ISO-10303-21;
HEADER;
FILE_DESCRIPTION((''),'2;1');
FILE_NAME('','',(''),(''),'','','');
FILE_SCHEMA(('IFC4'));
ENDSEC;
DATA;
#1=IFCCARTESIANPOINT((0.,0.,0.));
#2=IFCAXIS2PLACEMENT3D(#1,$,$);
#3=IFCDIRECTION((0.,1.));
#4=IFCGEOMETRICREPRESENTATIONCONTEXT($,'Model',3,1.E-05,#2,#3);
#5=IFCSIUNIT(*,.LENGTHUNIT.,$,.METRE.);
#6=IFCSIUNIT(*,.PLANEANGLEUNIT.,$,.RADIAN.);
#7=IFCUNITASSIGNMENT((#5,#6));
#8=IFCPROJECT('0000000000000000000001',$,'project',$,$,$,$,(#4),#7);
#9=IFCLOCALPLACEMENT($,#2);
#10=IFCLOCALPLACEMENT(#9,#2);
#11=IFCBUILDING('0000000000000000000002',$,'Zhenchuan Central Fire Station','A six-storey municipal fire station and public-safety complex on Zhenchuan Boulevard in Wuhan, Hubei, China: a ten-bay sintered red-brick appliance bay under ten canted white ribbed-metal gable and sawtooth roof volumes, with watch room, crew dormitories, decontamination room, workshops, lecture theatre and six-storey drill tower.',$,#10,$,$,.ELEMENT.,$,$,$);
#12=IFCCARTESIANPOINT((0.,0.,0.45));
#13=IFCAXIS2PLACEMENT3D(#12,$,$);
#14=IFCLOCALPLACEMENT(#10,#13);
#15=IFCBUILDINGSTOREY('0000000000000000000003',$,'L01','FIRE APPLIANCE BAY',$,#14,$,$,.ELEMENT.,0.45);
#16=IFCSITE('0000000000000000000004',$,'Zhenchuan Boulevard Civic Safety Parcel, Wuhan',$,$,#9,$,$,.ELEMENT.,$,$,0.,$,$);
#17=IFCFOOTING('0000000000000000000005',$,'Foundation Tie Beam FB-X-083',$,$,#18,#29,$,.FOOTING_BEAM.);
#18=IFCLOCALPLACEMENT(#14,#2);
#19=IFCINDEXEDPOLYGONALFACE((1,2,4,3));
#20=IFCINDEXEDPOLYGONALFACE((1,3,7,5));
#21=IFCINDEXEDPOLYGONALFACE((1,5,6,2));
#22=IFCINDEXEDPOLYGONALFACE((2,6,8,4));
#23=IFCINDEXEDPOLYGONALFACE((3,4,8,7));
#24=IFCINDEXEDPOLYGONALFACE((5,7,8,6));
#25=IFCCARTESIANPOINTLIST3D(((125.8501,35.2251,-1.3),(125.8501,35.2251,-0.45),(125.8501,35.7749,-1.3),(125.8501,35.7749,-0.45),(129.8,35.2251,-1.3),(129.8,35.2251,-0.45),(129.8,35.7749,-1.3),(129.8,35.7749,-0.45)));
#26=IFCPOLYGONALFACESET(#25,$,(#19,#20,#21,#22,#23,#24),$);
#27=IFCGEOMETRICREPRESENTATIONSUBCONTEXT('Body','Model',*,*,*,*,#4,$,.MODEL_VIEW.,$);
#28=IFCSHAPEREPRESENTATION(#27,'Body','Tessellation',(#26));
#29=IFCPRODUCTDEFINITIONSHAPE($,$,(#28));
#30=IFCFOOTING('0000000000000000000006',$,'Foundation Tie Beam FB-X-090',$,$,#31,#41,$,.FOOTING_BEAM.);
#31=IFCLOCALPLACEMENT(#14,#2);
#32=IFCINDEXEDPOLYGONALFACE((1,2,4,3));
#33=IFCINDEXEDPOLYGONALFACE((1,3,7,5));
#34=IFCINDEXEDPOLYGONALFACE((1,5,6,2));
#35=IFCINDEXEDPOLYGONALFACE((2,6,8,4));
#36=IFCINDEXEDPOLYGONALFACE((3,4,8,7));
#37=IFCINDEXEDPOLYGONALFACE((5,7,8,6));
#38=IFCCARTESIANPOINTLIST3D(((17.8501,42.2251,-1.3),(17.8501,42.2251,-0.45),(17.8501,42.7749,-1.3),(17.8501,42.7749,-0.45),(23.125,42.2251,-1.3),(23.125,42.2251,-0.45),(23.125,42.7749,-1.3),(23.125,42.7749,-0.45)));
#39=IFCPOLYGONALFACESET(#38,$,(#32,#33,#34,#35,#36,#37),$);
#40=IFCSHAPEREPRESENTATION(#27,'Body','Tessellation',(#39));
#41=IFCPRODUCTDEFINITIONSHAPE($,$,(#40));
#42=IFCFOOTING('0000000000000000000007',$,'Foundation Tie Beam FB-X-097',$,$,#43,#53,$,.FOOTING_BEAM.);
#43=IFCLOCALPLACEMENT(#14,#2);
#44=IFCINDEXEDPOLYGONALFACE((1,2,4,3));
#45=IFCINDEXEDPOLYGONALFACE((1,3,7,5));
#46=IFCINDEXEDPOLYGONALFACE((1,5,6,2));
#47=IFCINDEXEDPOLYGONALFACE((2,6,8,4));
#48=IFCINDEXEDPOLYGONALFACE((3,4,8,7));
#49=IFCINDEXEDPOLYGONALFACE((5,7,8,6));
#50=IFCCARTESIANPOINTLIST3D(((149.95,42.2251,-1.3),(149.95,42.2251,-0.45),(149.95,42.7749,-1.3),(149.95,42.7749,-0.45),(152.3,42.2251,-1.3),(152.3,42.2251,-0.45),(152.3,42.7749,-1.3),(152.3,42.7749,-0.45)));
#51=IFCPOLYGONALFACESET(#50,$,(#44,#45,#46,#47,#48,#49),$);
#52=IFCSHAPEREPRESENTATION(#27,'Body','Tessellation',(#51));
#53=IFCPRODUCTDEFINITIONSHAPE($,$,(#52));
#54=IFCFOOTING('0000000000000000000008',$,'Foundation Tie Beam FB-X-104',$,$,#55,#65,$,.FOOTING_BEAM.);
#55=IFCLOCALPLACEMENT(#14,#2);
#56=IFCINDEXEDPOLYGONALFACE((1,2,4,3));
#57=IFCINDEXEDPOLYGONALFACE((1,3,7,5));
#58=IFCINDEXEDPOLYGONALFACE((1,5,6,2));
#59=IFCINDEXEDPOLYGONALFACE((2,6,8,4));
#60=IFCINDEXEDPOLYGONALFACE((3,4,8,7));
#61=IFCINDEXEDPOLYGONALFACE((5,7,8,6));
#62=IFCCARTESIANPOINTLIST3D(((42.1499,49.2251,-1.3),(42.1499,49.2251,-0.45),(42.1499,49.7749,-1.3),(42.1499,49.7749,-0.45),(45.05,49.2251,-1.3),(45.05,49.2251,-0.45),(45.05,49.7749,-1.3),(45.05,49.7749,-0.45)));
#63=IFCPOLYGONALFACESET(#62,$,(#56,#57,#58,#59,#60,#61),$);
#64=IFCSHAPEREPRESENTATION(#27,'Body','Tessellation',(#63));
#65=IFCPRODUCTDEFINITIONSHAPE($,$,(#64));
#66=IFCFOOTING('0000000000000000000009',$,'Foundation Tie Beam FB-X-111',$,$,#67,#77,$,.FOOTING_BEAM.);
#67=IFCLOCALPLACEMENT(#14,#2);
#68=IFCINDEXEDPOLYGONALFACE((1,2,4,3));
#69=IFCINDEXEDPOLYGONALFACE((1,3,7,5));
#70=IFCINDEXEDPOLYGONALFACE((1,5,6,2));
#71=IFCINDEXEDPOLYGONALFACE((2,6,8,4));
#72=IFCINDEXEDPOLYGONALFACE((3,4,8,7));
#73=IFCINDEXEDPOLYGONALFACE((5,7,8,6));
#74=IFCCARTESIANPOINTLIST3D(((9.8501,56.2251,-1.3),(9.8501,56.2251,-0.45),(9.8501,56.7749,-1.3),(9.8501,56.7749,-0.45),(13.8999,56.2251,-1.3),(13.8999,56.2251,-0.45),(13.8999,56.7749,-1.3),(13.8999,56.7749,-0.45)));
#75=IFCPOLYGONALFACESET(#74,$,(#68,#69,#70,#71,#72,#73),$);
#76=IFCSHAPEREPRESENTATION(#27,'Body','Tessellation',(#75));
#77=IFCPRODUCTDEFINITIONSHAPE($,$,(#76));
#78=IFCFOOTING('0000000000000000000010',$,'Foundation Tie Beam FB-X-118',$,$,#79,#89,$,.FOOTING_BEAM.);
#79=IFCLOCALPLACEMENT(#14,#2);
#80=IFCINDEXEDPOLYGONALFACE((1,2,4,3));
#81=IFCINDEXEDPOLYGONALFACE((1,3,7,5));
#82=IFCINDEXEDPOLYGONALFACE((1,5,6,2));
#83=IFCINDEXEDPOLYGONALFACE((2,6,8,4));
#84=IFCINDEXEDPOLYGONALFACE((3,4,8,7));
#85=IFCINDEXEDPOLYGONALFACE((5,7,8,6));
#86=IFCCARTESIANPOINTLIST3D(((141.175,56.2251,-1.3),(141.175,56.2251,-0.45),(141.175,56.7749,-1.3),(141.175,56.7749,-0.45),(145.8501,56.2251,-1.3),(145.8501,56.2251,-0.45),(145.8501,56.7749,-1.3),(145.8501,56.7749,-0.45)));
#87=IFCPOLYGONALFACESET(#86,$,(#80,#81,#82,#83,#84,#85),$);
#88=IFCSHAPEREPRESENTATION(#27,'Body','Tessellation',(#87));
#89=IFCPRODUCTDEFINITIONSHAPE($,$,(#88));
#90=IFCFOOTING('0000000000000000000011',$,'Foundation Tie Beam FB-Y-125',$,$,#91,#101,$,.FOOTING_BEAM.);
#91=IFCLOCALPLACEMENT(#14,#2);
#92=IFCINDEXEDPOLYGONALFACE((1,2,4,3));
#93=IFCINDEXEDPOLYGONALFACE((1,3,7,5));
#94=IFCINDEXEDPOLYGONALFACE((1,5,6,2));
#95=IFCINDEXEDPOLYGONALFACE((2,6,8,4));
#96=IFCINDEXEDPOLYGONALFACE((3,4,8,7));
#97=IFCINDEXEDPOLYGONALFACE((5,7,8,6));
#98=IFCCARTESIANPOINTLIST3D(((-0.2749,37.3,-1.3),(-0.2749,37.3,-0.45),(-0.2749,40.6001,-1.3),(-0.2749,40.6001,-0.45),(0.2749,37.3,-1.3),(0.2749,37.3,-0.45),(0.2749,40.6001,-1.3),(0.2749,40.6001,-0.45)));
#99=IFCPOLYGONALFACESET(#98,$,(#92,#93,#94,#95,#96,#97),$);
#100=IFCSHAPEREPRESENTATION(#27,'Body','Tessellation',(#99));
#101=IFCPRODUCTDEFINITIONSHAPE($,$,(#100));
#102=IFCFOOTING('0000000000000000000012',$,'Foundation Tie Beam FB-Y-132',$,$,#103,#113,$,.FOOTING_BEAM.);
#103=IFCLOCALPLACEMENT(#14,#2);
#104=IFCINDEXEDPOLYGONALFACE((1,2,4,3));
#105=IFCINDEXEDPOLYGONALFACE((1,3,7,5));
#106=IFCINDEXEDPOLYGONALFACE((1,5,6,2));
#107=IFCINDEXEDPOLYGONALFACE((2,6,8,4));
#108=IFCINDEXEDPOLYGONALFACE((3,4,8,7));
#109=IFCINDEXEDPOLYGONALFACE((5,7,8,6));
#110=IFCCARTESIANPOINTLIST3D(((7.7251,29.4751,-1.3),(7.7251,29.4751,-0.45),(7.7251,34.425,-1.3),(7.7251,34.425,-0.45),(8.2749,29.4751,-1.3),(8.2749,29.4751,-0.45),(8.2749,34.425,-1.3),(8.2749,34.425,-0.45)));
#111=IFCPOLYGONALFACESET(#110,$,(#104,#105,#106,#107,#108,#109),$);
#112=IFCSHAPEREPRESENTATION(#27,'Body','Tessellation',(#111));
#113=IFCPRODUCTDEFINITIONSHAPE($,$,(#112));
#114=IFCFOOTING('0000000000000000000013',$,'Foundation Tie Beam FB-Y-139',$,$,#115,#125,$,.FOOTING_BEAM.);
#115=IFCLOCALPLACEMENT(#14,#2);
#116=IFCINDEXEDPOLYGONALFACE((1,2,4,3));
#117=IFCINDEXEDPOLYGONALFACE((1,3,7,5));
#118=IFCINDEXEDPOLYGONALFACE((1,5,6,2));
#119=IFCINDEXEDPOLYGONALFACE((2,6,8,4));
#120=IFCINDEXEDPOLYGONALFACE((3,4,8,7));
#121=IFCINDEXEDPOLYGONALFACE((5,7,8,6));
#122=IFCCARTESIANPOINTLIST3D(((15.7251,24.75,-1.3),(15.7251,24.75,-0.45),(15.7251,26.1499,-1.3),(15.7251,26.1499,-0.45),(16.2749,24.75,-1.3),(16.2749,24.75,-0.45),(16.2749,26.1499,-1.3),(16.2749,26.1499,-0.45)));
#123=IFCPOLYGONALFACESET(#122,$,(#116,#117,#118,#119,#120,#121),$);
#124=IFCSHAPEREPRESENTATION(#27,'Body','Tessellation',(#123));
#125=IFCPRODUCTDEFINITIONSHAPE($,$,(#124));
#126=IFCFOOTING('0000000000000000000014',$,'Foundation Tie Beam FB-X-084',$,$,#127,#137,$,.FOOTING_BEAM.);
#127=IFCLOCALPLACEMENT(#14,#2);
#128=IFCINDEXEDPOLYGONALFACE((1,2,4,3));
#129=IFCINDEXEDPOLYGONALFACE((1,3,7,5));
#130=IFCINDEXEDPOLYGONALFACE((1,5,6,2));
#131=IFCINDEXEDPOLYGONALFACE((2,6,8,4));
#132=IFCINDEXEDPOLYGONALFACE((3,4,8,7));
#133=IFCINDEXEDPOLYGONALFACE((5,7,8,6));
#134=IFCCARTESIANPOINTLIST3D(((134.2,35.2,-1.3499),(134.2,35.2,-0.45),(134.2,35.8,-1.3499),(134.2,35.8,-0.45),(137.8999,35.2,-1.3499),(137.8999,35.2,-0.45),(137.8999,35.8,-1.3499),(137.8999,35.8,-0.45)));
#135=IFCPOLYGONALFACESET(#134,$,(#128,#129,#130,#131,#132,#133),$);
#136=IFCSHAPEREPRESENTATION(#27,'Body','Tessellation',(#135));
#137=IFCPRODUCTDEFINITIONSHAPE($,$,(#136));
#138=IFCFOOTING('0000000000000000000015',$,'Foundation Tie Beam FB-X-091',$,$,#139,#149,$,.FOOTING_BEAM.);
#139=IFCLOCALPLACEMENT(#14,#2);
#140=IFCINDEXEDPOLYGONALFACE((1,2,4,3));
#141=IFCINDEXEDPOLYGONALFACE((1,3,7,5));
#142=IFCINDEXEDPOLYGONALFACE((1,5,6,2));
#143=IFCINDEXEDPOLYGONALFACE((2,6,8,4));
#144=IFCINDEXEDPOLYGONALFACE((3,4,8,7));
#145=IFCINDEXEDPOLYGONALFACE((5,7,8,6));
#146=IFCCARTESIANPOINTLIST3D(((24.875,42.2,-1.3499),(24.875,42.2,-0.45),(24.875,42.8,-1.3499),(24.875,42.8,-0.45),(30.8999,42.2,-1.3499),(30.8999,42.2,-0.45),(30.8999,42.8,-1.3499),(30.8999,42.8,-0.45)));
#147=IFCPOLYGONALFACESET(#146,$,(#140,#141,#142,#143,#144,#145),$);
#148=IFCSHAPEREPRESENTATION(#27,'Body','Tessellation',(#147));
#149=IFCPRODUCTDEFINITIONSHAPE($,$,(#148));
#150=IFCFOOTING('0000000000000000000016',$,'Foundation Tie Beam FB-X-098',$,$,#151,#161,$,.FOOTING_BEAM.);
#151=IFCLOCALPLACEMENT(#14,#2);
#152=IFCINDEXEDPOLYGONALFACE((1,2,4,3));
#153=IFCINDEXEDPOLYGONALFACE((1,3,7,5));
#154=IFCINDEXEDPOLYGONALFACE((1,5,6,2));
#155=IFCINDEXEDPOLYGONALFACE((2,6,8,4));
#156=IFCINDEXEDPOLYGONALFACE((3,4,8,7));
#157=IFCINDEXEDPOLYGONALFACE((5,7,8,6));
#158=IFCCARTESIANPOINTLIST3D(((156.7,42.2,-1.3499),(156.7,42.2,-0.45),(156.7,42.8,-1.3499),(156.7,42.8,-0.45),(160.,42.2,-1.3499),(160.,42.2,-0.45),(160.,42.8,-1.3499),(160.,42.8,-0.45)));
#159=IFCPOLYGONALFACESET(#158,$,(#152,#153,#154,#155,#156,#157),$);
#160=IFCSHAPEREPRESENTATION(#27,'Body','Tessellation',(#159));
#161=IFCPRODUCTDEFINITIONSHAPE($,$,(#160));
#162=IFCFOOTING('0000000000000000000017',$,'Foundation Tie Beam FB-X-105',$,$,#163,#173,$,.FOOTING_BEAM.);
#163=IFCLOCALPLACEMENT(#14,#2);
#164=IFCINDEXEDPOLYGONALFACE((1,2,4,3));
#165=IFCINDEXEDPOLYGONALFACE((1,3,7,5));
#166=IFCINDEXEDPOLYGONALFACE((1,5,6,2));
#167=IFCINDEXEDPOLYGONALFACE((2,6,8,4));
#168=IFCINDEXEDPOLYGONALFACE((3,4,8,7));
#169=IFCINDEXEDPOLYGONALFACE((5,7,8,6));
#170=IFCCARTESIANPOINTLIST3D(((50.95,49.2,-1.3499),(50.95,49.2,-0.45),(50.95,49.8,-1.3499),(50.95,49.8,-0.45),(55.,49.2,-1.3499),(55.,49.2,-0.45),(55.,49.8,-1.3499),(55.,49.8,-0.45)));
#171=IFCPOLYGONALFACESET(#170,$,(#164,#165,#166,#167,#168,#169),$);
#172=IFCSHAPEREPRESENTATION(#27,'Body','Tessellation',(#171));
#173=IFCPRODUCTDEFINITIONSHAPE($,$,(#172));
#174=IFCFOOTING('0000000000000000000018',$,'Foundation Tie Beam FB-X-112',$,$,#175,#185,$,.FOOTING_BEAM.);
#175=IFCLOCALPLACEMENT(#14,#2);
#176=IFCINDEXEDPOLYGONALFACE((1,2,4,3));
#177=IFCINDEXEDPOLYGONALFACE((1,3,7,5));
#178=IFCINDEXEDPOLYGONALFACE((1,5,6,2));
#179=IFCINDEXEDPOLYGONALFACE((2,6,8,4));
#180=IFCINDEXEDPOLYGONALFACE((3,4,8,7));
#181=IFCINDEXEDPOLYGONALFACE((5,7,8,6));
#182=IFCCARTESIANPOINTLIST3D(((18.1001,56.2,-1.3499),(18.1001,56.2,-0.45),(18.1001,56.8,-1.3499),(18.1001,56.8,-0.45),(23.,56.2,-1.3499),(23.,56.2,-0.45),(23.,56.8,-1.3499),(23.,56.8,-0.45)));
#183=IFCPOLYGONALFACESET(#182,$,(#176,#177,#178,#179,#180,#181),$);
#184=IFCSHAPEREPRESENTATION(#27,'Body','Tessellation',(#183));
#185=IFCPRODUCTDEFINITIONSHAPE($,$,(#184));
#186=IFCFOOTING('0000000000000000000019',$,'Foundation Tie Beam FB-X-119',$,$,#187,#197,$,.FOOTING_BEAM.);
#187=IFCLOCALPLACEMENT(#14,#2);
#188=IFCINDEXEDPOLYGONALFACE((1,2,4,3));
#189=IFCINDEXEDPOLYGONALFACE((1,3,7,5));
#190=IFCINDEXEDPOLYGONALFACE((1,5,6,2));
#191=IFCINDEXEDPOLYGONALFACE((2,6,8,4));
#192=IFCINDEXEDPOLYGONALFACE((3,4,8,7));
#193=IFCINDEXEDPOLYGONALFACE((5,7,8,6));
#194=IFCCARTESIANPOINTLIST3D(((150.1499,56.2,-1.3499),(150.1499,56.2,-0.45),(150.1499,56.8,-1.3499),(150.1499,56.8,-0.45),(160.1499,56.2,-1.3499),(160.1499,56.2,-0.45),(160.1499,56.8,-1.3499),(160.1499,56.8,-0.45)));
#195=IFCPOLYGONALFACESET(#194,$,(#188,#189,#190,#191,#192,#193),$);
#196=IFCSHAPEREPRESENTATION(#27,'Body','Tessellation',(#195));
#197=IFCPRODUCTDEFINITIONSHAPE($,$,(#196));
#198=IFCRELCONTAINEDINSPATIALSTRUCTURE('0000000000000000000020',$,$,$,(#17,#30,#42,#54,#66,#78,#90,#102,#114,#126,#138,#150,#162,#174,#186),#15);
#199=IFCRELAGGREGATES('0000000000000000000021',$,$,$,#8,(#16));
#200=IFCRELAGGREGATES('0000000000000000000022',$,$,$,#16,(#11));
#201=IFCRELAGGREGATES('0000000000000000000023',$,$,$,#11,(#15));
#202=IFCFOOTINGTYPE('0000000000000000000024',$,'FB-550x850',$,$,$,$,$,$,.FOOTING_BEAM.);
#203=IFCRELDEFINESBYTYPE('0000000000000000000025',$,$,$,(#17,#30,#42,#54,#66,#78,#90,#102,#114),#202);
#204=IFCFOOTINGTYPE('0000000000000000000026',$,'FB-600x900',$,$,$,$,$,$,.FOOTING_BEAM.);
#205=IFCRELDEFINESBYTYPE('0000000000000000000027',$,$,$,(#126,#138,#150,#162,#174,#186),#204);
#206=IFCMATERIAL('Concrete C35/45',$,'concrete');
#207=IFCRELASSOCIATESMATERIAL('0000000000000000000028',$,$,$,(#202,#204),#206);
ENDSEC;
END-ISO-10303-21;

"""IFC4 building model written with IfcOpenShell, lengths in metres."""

from ifc_helpers import new_model, si_unit, direction, frame, origin, place, context, subcontext, project, spatial, polyline, outline, extrude, material, type_object, element, save


model = new_model("IFC4")

# Units and contexts
model_context = context("Model", 3, precision=1e-05, world=origin(), true_north=direction((0.0, 1.0)))
body_context = subcontext(model_context, "Body", "Model", "MODEL_VIEW")
ifc_project = project(units=[si_unit("LENGTHUNIT", "METRE"), si_unit("PLANEANGLEUNIT", "RADIAN")], contexts=[model_context])

# Site, building, storey
site_placement = place(None, origin())
site = spatial("IfcSite", under=ifc_project, at=site_placement, Name="Zhenchuan Boulevard Civic Safety Parcel, Wuhan", CompositionType="ELEMENT", RefElevation=0.0)
building_placement = place(site_placement, origin())
building = spatial("IfcBuilding", under=site, at=building_placement, Name="Zhenchuan Central Fire Station", Description="A six-storey municipal fire station and public-safety complex on Zhenchuan Boulevard in Wuhan, Hubei, China: a ten-bay sintered red-brick appliance bay under ten canted white ribbed-metal gable and sawtooth roof volumes, with watch room, crew dormitories, decontamination room, workshops, lecture theatre and six-storey drill tower.", CompositionType="ELEMENT")
storey_placement = place(building_placement, frame((0.0, 0.0, 0.45)))
storey = spatial("IfcBuildingStorey", under=building, at=storey_placement, Name="L01", Description="FIRE APPLIANCE BAY", CompositionType="ELEMENT", Elevation=0.45)

# Footings
ifc_material = material(Name="Concrete C35/45", Category="concrete")
footing_type_1 = type_object("IfcFootingType", Name="FB-550x850", PredefinedType="FOOTING_BEAM", material=ifc_material)
footing_1_placement = place(storey_placement, frame((0.0, 0.0, -1.3)))
element("IfcFooting", 1, at=footing_1_placement, inside=storey, type_object=footing_type_1, Name="Foundation Tie Beam FB-X-083", PredefinedType="FOOTING_BEAM", context=body_context, shape_type="SweptSolid", body=[
    extrude(outline(polyline([(125.8501, 35.2251), (129.8, 35.2251), (129.8, 35.7749), (125.8501, 35.7749), (125.8501, 35.2251)])), origin(), (0.0, 0.0, 1.0), 0.8501),
])
footing_2_placement = place(storey_placement, frame((0.0, 0.0, -1.3)))
element("IfcFooting", 2, at=footing_2_placement, inside=storey, type_object=footing_type_1, Name="Foundation Tie Beam FB-X-090", PredefinedType="FOOTING_BEAM", context=body_context, shape_type="SweptSolid", body=[
    extrude(outline(polyline([(17.8501, 42.2251), (23.125, 42.2251), (23.125, 42.7749), (17.8501, 42.7749), (17.8501, 42.2251)])), origin(), (0.0, 0.0, 1.0), 0.8501),
])
footing_3_placement = place(storey_placement, frame((0.0, 0.0, -1.3)))
element("IfcFooting", 3, at=footing_3_placement, inside=storey, type_object=footing_type_1, Name="Foundation Tie Beam FB-X-097", PredefinedType="FOOTING_BEAM", context=body_context, shape_type="SweptSolid", body=[
    extrude(outline(polyline([(149.95, 42.2251), (152.3, 42.2251), (152.3, 42.7749), (149.95, 42.7749), (149.95, 42.2251)])), origin(), (0.0, 0.0, 1.0), 0.8501),
])
footing_4_placement = place(storey_placement, frame((0.0, 0.0, -1.3)))
element("IfcFooting", 4, at=footing_4_placement, inside=storey, type_object=footing_type_1, Name="Foundation Tie Beam FB-X-104", PredefinedType="FOOTING_BEAM", context=body_context, shape_type="SweptSolid", body=[
    extrude(outline(polyline([(42.1499, 49.2251), (45.05, 49.2251), (45.05, 49.7749), (42.1499, 49.7749), (42.1499, 49.2251)])), origin(), (0.0, 0.0, 1.0), 0.8501),
])
footing_5_placement = place(storey_placement, frame((0.0, 0.0, -1.3)))
element("IfcFooting", 5, at=footing_5_placement, inside=storey, type_object=footing_type_1, Name="Foundation Tie Beam FB-X-111", PredefinedType="FOOTING_BEAM", context=body_context, shape_type="SweptSolid", body=[
    extrude(outline(polyline([(9.8501, 56.2251), (13.8999, 56.2251), (13.8999, 56.7749), (9.8501, 56.7749), (9.8501, 56.2251)])), origin(), (0.0, 0.0, 1.0), 0.8501),
])
footing_6_placement = place(storey_placement, frame((0.0, 0.0, -1.3)))
element("IfcFooting", 6, at=footing_6_placement, inside=storey, type_object=footing_type_1, Name="Foundation Tie Beam FB-X-118", PredefinedType="FOOTING_BEAM", context=body_context, shape_type="SweptSolid", body=[
    extrude(outline(polyline([(141.175, 56.2251), (145.8501, 56.2251), (145.8501, 56.7749), (141.175, 56.7749), (141.175, 56.2251)])), origin(), (0.0, 0.0, 1.0), 0.8501),
])
footing_7_placement = place(storey_placement, frame((0.0, 0.0, -1.3)))
element("IfcFooting", 7, at=footing_7_placement, inside=storey, type_object=footing_type_1, Name="Foundation Tie Beam FB-Y-125", PredefinedType="FOOTING_BEAM", context=body_context, shape_type="SweptSolid", body=[
    extrude(outline(polyline([(-0.2749, 37.3), (0.2749, 37.3), (0.2749, 40.6001), (-0.2749, 40.6001), (-0.2749, 37.3)])), origin(), (0.0, 0.0, 1.0), 0.8501),
])
footing_8_placement = place(storey_placement, frame((0.0, 0.0, -1.3)))
element("IfcFooting", 8, at=footing_8_placement, inside=storey, type_object=footing_type_1, Name="Foundation Tie Beam FB-Y-132", PredefinedType="FOOTING_BEAM", context=body_context, shape_type="SweptSolid", body=[
    extrude(outline(polyline([(7.7251, 29.4751), (8.2749, 29.4751), (8.2749, 34.425), (7.7251, 34.425), (7.7251, 29.4751)])), origin(), (0.0, 0.0, 1.0), 0.8501),
])
footing_9_placement = place(storey_placement, frame((0.0, 0.0, -1.3)))
element("IfcFooting", 9, at=footing_9_placement, inside=storey, type_object=footing_type_1, Name="Foundation Tie Beam FB-Y-139", PredefinedType="FOOTING_BEAM", context=body_context, shape_type="SweptSolid", body=[
    extrude(outline(polyline([(15.7251, 24.75), (16.2749, 24.75), (16.2749, 26.1499), (15.7251, 26.1499), (15.7251, 24.75)])), origin(), (0.0, 0.0, 1.0), 0.8501),
])
footing_type_2 = type_object("IfcFootingType", Name="FB-600x900", PredefinedType="FOOTING_BEAM", material=ifc_material)
footing_10_placement = place(storey_placement, frame((0.0, 0.0, -1.3499)))
element("IfcFooting", 10, at=footing_10_placement, inside=storey, type_object=footing_type_2, Name="Foundation Tie Beam FB-X-084", PredefinedType="FOOTING_BEAM", context=body_context, shape_type="SweptSolid", body=[
    extrude(outline(polyline([(134.2, 35.2), (137.8999, 35.2), (137.8999, 35.8), (134.2, 35.8), (134.2, 35.2)])), origin(), (0.0, 0.0, 1.0), 0.8999),
])
footing_11_placement = place(storey_placement, frame((0.0, 0.0, -1.3499)))
element("IfcFooting", 11, at=footing_11_placement, inside=storey, type_object=footing_type_2, Name="Foundation Tie Beam FB-X-091", PredefinedType="FOOTING_BEAM", context=body_context, shape_type="SweptSolid", body=[
    extrude(outline(polyline([(24.875, 42.2), (30.8999, 42.2), (30.8999, 42.8), (24.875, 42.8), (24.875, 42.2)])), origin(), (0.0, 0.0, 1.0), 0.8999),
])
footing_12_placement = place(storey_placement, frame((0.0, 0.0, -1.3499)))
element("IfcFooting", 12, at=footing_12_placement, inside=storey, type_object=footing_type_2, Name="Foundation Tie Beam FB-X-098", PredefinedType="FOOTING_BEAM", context=body_context, shape_type="SweptSolid", body=[
    extrude(outline(polyline([(156.7, 42.2), (160.0, 42.2), (160.0, 42.8), (156.7, 42.8), (156.7, 42.2)])), origin(), (0.0, 0.0, 1.0), 0.8999),
])
footing_13_placement = place(storey_placement, frame((0.0, 0.0, -1.3499)))
element("IfcFooting", 13, at=footing_13_placement, inside=storey, type_object=footing_type_2, Name="Foundation Tie Beam FB-X-105", PredefinedType="FOOTING_BEAM", context=body_context, shape_type="SweptSolid", body=[
    extrude(outline(polyline([(50.95, 49.2), (55.0, 49.2), (55.0, 49.8), (50.95, 49.8), (50.95, 49.2)])), origin(), (0.0, 0.0, 1.0), 0.8999),
])
footing_14_placement = place(storey_placement, frame((0.0, 0.0, -1.3499)))
element("IfcFooting", 14, at=footing_14_placement, inside=storey, type_object=footing_type_2, Name="Foundation Tie Beam FB-X-112", PredefinedType="FOOTING_BEAM", context=body_context, shape_type="SweptSolid", body=[
    extrude(outline(polyline([(18.1001, 56.2), (23.0, 56.2), (23.0, 56.8), (18.1001, 56.8), (18.1001, 56.2)])), origin(), (0.0, 0.0, 1.0), 0.8999),
])
footing_15_placement = place(storey_placement, frame((0.0, 0.0, -1.3499)))
element("IfcFooting", 15, at=footing_15_placement, inside=storey, type_object=footing_type_2, Name="Foundation Tie Beam FB-X-119", PredefinedType="FOOTING_BEAM", context=body_context, shape_type="SweptSolid", body=[
    extrude(outline(polyline([(150.1499, 56.2), (160.1499, 56.2), (160.1499, 56.8), (150.1499, 56.8), (150.1499, 56.2)])), origin(), (0.0, 0.0, 1.0), 0.8999),
])

save(model, "model.ifc")
